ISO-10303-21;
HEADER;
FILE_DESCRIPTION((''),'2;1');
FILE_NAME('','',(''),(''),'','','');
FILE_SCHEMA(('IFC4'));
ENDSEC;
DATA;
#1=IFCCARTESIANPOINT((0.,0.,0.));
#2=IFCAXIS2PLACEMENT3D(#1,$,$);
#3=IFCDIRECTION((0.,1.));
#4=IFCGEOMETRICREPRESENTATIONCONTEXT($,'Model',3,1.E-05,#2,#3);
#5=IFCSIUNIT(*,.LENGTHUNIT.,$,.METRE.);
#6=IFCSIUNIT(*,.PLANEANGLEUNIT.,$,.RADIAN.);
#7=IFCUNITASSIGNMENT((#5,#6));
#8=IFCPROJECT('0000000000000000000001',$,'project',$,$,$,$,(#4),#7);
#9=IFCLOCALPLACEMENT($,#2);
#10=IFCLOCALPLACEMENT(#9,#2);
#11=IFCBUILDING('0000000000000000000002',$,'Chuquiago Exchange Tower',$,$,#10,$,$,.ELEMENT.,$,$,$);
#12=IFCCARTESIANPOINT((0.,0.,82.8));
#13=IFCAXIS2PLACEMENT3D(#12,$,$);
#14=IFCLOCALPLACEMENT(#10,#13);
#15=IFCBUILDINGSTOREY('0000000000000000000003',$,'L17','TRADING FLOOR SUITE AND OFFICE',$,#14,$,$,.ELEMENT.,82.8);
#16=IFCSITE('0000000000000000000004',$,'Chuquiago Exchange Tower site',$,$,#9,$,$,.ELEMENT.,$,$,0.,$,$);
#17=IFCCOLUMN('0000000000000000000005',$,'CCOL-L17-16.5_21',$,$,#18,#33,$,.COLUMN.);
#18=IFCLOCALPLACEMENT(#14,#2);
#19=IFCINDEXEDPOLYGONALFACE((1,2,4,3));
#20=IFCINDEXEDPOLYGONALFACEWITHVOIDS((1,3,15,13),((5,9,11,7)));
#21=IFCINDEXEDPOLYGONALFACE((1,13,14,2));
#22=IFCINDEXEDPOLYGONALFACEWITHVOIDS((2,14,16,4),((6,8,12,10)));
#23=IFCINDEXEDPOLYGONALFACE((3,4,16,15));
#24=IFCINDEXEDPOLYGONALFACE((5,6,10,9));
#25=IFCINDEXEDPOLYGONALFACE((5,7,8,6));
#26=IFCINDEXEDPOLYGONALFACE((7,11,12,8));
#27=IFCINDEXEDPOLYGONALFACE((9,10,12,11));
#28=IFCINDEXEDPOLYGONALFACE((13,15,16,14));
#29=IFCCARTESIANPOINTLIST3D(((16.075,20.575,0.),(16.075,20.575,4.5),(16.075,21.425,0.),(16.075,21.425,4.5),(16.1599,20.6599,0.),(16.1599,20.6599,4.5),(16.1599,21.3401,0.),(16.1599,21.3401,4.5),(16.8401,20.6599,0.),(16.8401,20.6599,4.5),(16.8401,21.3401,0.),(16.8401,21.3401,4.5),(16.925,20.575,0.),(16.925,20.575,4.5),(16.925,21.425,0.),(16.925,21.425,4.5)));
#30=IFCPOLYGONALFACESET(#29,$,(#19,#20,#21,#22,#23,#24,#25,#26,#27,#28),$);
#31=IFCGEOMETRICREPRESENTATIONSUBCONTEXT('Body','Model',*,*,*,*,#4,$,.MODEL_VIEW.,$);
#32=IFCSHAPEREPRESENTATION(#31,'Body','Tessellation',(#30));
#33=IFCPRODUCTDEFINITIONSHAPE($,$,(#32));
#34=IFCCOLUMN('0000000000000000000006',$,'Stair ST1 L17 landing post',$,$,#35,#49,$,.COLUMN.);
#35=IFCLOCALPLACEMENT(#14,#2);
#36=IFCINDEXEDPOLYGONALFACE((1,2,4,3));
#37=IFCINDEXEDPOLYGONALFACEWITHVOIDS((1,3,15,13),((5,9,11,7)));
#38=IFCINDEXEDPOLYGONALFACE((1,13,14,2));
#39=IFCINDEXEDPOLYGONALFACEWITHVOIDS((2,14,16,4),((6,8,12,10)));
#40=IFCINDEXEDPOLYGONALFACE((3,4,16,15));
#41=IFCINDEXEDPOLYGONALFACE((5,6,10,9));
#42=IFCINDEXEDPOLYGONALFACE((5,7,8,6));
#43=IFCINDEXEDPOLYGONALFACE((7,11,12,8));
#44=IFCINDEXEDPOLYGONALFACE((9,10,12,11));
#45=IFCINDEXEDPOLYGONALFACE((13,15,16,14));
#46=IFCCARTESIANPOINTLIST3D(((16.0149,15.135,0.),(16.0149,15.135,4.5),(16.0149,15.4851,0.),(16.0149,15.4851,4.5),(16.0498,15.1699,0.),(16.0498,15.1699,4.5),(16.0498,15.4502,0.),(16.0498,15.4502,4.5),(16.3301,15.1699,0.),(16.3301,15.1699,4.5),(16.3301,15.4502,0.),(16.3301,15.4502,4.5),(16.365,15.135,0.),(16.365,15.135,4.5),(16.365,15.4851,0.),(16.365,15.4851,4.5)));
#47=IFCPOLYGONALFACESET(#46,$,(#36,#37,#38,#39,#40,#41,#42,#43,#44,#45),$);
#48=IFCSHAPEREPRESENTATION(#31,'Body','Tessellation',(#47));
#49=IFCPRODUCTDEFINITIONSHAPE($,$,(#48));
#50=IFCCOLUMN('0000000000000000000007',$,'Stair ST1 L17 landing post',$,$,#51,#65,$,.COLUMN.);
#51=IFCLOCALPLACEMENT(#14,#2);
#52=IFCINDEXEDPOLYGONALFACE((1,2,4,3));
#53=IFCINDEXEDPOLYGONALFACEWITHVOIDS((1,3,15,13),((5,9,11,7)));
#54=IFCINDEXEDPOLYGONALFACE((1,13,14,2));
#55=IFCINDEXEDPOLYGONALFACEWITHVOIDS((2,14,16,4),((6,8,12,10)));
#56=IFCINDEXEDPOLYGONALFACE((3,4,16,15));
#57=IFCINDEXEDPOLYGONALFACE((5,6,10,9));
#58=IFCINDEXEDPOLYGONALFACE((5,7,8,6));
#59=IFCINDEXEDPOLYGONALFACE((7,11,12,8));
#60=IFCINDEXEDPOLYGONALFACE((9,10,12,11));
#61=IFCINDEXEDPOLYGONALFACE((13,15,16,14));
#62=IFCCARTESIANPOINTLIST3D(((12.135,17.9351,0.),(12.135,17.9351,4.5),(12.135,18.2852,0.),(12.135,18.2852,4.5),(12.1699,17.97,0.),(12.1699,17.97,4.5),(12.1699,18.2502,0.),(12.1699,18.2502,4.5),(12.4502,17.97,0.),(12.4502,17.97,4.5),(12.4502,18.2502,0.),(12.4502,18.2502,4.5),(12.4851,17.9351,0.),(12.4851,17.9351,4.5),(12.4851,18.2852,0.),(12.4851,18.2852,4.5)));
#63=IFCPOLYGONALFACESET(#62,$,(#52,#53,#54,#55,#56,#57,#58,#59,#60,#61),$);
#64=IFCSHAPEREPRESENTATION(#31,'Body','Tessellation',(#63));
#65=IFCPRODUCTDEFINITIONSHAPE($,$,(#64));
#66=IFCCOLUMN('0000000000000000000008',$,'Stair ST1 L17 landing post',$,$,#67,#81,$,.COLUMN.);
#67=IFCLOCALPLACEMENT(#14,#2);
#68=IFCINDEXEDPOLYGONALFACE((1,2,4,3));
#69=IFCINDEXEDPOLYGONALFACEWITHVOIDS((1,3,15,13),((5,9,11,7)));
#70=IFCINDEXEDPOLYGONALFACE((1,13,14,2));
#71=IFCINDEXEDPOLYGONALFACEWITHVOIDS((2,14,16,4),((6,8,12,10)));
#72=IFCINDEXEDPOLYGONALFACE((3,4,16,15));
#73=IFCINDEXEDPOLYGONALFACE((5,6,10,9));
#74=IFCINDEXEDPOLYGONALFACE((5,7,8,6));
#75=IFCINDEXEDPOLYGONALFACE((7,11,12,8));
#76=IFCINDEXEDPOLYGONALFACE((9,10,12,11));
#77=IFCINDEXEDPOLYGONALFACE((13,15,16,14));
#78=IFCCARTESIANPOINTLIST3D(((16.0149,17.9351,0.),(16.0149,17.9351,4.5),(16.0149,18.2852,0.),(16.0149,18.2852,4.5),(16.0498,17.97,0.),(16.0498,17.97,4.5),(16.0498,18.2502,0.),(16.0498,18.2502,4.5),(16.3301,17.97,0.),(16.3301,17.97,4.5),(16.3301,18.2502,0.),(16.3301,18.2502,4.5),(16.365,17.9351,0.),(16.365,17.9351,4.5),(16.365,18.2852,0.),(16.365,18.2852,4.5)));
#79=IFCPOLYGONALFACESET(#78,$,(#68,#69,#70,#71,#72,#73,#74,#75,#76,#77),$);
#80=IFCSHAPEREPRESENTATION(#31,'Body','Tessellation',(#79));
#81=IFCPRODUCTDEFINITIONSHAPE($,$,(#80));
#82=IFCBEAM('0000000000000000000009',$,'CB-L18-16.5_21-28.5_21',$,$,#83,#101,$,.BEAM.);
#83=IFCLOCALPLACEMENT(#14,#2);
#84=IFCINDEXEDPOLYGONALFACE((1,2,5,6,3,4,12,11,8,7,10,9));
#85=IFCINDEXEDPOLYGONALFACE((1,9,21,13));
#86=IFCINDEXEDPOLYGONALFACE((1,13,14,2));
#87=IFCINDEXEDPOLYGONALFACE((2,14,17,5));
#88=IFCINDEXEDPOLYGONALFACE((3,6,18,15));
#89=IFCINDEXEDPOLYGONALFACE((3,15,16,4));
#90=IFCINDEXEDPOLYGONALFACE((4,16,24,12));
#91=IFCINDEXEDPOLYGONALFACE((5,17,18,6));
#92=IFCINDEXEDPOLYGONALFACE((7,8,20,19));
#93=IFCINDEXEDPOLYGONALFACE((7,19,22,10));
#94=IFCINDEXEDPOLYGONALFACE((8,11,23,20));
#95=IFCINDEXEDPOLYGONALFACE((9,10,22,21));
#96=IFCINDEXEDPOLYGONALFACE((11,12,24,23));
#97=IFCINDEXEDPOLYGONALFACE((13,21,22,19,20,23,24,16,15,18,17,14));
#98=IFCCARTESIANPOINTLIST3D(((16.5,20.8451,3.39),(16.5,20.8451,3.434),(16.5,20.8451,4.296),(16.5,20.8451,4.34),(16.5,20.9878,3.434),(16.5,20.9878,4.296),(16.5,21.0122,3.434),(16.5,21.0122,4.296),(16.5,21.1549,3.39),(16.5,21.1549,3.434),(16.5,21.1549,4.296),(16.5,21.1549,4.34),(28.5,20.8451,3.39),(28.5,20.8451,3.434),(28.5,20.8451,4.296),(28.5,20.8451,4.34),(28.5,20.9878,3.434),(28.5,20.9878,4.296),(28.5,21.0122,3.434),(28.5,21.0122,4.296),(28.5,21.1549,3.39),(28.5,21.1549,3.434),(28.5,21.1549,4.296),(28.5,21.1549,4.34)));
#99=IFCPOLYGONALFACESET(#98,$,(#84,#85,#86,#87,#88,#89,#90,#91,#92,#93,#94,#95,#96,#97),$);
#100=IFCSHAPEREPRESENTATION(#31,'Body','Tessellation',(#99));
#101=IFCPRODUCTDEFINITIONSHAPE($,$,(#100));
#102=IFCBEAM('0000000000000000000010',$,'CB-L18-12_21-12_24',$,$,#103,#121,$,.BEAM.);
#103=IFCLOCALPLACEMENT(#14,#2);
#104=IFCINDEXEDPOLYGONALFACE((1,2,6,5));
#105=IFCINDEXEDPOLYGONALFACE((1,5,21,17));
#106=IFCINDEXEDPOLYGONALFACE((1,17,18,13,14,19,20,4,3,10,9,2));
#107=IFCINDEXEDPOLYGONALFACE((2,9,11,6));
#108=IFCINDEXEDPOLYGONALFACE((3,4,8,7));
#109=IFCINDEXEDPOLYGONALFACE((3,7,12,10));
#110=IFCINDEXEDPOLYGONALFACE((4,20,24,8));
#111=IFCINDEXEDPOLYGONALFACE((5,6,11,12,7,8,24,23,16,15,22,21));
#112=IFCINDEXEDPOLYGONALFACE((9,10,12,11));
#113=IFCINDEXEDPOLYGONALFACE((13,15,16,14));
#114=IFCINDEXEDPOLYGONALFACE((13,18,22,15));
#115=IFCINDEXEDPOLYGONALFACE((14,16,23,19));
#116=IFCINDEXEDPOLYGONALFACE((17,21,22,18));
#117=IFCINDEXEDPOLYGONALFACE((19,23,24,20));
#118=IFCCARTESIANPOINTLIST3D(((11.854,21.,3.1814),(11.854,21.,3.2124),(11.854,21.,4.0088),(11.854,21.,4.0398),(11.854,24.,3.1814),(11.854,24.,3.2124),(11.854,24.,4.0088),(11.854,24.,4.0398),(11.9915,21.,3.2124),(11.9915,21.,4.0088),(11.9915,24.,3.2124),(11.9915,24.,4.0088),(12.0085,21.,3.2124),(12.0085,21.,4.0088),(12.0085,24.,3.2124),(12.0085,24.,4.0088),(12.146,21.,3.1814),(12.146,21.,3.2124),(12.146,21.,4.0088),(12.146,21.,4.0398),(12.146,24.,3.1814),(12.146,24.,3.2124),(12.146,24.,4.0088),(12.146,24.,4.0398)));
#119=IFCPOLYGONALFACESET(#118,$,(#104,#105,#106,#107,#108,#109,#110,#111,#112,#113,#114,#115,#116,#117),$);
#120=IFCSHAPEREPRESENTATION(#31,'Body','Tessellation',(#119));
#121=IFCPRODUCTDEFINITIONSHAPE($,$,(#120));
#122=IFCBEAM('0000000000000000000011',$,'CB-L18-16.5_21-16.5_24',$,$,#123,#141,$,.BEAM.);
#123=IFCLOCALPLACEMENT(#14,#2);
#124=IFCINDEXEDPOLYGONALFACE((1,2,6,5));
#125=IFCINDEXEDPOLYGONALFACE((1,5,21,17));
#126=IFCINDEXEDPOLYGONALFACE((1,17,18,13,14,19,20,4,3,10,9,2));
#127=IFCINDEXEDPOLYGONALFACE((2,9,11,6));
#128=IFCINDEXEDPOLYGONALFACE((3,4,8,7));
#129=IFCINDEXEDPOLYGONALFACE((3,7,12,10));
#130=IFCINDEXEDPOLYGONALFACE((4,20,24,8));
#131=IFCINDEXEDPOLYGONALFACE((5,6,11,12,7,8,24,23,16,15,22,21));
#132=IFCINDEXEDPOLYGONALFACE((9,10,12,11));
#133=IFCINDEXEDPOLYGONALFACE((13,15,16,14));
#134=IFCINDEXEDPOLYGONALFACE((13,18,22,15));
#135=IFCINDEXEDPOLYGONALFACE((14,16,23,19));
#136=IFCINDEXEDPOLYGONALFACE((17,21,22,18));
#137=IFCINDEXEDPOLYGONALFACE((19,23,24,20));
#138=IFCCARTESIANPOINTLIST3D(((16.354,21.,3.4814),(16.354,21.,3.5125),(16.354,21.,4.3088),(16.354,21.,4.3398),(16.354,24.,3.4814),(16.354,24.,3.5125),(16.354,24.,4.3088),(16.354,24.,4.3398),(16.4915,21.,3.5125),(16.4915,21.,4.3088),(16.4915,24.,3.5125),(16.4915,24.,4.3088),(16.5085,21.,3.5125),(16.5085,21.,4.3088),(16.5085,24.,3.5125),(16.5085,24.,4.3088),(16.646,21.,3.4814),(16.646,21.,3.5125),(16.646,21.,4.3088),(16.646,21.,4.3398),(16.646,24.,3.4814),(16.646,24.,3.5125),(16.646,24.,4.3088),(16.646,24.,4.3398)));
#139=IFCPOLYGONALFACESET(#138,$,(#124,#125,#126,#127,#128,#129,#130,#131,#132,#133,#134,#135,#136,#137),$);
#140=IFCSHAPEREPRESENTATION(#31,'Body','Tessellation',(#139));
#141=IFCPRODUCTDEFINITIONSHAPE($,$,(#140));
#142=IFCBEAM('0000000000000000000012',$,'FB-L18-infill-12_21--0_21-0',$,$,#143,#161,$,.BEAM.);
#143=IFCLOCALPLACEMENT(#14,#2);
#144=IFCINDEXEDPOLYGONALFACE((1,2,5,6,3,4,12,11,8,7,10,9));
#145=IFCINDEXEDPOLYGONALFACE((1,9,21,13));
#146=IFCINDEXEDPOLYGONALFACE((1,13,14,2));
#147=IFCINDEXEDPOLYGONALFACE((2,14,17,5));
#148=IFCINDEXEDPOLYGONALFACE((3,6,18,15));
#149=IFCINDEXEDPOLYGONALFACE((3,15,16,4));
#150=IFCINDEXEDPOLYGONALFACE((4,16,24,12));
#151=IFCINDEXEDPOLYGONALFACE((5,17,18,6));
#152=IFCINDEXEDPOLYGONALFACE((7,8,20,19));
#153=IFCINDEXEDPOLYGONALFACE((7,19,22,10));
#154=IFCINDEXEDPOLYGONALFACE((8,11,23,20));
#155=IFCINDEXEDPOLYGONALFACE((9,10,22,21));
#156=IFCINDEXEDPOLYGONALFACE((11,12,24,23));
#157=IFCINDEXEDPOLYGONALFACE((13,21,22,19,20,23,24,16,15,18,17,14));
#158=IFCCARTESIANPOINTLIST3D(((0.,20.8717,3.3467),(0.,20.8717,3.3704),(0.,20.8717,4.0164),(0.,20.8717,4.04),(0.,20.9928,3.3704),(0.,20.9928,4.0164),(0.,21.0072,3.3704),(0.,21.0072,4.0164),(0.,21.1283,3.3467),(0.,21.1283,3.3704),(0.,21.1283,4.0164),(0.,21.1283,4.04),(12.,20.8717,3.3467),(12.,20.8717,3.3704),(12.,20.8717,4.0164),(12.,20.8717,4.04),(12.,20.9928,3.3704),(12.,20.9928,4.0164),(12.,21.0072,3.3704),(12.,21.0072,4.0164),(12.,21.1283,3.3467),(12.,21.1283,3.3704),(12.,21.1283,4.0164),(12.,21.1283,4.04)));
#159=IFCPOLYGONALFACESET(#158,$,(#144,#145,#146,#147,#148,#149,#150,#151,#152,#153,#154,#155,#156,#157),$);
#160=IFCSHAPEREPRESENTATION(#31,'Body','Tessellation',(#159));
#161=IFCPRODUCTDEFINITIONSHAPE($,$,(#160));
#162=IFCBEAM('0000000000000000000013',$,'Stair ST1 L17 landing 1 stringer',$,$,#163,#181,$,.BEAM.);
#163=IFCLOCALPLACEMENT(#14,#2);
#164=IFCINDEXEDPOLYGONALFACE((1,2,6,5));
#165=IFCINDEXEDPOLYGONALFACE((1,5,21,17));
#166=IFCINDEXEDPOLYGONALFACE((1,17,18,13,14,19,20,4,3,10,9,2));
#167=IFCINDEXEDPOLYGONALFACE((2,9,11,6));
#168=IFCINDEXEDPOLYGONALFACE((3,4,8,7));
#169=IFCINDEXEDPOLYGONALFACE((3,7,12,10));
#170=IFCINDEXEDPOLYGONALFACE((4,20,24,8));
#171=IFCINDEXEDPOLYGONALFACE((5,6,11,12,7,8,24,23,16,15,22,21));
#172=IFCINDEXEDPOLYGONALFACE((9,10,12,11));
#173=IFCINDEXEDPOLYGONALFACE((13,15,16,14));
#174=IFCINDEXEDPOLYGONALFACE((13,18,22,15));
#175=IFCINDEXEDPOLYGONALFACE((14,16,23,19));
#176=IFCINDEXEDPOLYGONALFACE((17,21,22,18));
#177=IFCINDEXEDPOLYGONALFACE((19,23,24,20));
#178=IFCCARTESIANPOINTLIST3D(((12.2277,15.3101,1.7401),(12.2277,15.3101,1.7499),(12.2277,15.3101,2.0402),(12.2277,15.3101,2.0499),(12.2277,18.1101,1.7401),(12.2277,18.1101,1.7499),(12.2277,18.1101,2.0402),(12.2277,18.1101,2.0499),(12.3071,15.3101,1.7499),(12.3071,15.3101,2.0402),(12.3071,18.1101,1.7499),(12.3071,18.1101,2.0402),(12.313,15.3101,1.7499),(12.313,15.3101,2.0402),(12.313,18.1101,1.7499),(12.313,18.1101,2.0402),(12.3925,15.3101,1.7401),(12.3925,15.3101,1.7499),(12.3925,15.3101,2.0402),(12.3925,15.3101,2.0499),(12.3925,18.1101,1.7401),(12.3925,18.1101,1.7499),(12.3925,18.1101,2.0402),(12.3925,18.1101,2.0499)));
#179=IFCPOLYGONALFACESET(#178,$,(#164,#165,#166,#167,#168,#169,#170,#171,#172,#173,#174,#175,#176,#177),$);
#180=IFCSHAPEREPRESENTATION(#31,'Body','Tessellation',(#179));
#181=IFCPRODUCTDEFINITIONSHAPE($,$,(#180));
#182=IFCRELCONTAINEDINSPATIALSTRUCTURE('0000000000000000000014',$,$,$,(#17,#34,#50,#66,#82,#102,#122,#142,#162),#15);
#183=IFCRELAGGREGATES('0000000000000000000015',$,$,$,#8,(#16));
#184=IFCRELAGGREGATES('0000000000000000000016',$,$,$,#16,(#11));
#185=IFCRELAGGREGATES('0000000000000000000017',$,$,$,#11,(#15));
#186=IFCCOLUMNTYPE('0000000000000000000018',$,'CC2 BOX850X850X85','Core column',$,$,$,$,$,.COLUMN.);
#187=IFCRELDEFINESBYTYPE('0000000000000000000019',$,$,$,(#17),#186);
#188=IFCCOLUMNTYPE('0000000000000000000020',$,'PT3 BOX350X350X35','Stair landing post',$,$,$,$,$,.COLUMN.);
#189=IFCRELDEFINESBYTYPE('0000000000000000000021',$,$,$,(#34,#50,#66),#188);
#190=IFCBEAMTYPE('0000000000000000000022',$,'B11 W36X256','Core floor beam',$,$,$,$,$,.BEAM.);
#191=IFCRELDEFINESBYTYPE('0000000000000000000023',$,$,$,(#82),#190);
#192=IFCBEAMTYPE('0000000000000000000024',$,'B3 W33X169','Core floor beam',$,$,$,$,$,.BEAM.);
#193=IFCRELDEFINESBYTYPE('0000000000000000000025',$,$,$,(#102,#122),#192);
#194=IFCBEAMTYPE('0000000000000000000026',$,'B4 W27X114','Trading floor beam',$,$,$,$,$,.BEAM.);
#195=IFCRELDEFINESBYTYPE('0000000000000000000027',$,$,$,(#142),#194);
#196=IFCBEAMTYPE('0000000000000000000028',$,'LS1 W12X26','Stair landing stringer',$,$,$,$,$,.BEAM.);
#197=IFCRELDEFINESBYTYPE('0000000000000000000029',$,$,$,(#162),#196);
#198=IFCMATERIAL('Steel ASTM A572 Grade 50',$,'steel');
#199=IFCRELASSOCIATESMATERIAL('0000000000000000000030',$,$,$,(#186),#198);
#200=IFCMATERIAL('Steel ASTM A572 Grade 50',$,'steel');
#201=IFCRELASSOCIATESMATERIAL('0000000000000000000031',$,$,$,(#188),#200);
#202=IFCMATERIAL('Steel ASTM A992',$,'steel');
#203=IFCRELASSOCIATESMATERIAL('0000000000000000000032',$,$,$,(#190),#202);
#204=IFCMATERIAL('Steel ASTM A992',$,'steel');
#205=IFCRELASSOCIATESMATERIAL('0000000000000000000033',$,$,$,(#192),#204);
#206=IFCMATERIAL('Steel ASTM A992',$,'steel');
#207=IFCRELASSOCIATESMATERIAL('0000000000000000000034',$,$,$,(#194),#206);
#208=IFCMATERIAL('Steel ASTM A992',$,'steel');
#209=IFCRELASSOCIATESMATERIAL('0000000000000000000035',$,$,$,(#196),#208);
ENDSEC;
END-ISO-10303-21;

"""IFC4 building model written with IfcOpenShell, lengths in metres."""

from ifc_helpers import new_model, si_unit, direction, frame, origin, origin_2d, place, context, subcontext, project, spatial, hollow_rectangle, i_section, extrude, material, material_profile, profile_set, type_object, element, save


model = new_model("IFC4")

# Units and contexts
model_context = context("Model", 3, precision=1e-05, world=origin(), true_north=direction((0.0, 1.0)))
body_context = subcontext(model_context, "Body", "Model", "MODEL_VIEW")
ifc_project = project(units=[si_unit("LENGTHUNIT", "METRE"), si_unit("PLANEANGLEUNIT", "RADIAN")], contexts=[model_context])

# Site, building, storey
site_placement = place(None, origin())
site = spatial("IfcSite", under=ifc_project, at=site_placement, Name="Chuquiago Exchange Tower site", CompositionType="ELEMENT", RefElevation=0.0)
building_placement = place(site_placement, origin())
building = spatial("IfcBuilding", under=site, at=building_placement, Name="Chuquiago Exchange Tower", CompositionType="ELEMENT")
storey_placement = place(building_placement, frame((0.0, 0.0, 82.8)))
storey = spatial("IfcBuildingStorey", under=building, at=storey_placement, Name="L17", Description="TRADING FLOOR SUITE AND OFFICE", CompositionType="ELEMENT", Elevation=82.8)

# Columns
ifc_material_1 = material(Name="Steel ASTM A572 Grade 50", Category="steel")
ifc_material_profile_1 = material_profile(ifc_material_1, hollow_rectangle(XDim=0.8501, YDim=0.8501, WallThickness=0.085, at=origin_2d()), Name="BOX850X850X85")
ifc_profile_set_1 = profile_set([ifc_material_profile_1], Name="Steel ASTM A572 Grade 50")
column_type_1 = type_object("IfcColumnType", Name="CC2 BOX850X850X85", Description="Core column", PredefinedType="COLUMN", material=ifc_profile_set_1)
column_placement = place(storey_placement, frame((16.5, 21.0, 0.0), z_axis=(0.0, 0.0, 1.0), x_axis=(1.0, 0.0, 0.0)))
element("IfcColumn", 1, at=column_placement, inside=storey, type_object=column_type_1, Name="CCOL-L17-16.5_21", PredefinedType="COLUMN", context=body_context, shape_type="SweptSolid", body=[
    extrude(hollow_rectangle(XDim=0.8501, YDim=0.8501, WallThickness=0.085, at=origin_2d()), origin(), (0.0, 0.0, 1.0), 4.5),
])
ifc_material_2 = material(Name="Steel ASTM A572 Grade 50", Category="steel")
ifc_material_profile_2 = material_profile(ifc_material_2, hollow_rectangle(XDim=0.3501, YDim=0.3501, WallThickness=0.0349, at=origin_2d()), Name="BOX350X350X35")
ifc_profile_set_2 = profile_set([ifc_material_profile_2], Name="Steel ASTM A572 Grade 50")
column_type_2 = type_object("IfcColumnType", Name="PT3 BOX350X350X35", Description="Stair landing post", PredefinedType="COLUMN", material=ifc_profile_set_2)
for number, where, z_axis, x_axis, name in (
    (2, (16.1899, 15.3101, 0.0), (0.0, 0.0, 1.0), (1.0, 0.0, 0.0), "Stair ST1 L17 landing post"),
    (3, (12.3101, 18.1101, 0.0), (0.0, 0.0, 1.0), (1.0, 0.0, 0.0), "Stair ST1 L17 landing post"),
    (4, (16.1899, 18.1101, 0.0), (0.0, 0.0, 1.0), (1.0, 0.0, 0.0), "Stair ST1 L17 landing post"),
):
    element("IfcColumn", number, at=place(storey_placement, frame(where, z_axis=z_axis, x_axis=x_axis)), inside=storey, type_object=column_type_2, Name=name, PredefinedType="COLUMN", context=body_context, shape_type="SweptSolid", body=[
        extrude(hollow_rectangle(XDim=0.3501, YDim=0.3501, WallThickness=0.0349, at=origin_2d()), origin(), (0.0, 0.0, 1.0), 4.5),
    ])

# Beams
ifc_material_3 = material(Name="Steel ASTM A992", Category="steel")
ifc_material_profile_3 = material_profile(ifc_material_3, i_section(OverallWidth=0.3098, OverallDepth=0.95, WebThickness=0.0244, FlangeThickness=0.0439, at=origin_2d()), Name="W36X256")
ifc_profile_set_3 = profile_set([ifc_material_profile_3], Name="Steel ASTM A992")
beam_type_1 = type_object("IfcBeamType", Name="B11 W36X256", Description="Core floor beam", PredefinedType="BEAM", material=ifc_profile_set_3)
beam_1_placement = place(storey_placement, frame((16.5, 21.0, 3.865), z_axis=(1.0, 0.0, 0.0), x_axis=(0.0, 1.0, 0.0)))
element("IfcBeam", 5, at=beam_1_placement, inside=storey, type_object=beam_type_1, Name="CB-L18-16.5_21-28.5_21", PredefinedType="BEAM", context=body_context, shape_type="SweptSolid", body=[
    extrude(i_section(OverallWidth=0.3098, OverallDepth=0.95, WebThickness=0.0244, FlangeThickness=0.0439, at=origin_2d()), origin(), (0.0, 0.0, 1.0), 12.0),
])
ifc_material_4 = material(Name="Steel ASTM A992", Category="steel")
ifc_material_profile_4 = material_profile(ifc_material_4, i_section(OverallWidth=0.292, OverallDepth=0.8584, WebThickness=0.0171, FlangeThickness=0.031, at=origin_2d()), Name="W33X169")
ifc_profile_set_4 = profile_set([ifc_material_profile_4], Name="Steel ASTM A992")
beam_type_2 = type_object("IfcBeamType", Name="B3 W33X169", Description="Core floor beam", PredefinedType="BEAM", material=ifc_profile_set_4)
for number, where, z_axis, x_axis, name in (
    (6, (12.0, 21.0, 3.6106), (0.0, 1.0, 0.0), (-1.0, 0.0, 0.0), "CB-L18-12_21-12_24"),
    (7, (16.5, 21.0, 3.9106), (0.0, 1.0, 0.0), (-1.0, 0.0, 0.0), "CB-L18-16.5_21-16.5_24"),
):
    element("IfcBeam", number, at=place(storey_placement, frame(where, z_axis=z_axis, x_axis=x_axis)), inside=storey, type_object=beam_type_2, Name=name, PredefinedType="BEAM", context=body_context, shape_type="SweptSolid", body=[
        extrude(i_section(OverallWidth=0.292, OverallDepth=0.8584, WebThickness=0.0171, FlangeThickness=0.031, at=origin_2d()), origin(), (0.0, 0.0, 1.0), 3.0),
    ])
ifc_material_5 = material(Name="Steel ASTM A992", Category="steel")
ifc_material_profile_5 = material_profile(ifc_material_5, i_section(OverallWidth=0.2566, OverallDepth=0.6934, WebThickness=0.0144, FlangeThickness=0.0237, at=origin_2d()), Name="W27X114")
ifc_profile_set_5 = profile_set([ifc_material_profile_5], Name="Steel ASTM A992")
beam_type_3 = type_object("IfcBeamType", Name="B4 W27X114", Description="Trading floor beam", PredefinedType="BEAM", material=ifc_profile_set_5)
beam_2_placement = place(storey_placement, frame((12.0, 21.0, 3.6934), z_axis=(-1.0, 0.0, 0.0), x_axis=(0.0, -1.0, 0.0)))
element("IfcBeam", 8, at=beam_2_placement, inside=storey, type_object=beam_type_3, Name="FB-L18-infill-12_21--0_21-0", PredefinedType="BEAM", context=body_context, shape_type="SweptSolid", body=[
    extrude(i_section(OverallWidth=0.2566, OverallDepth=0.6934, WebThickness=0.0144, FlangeThickness=0.0237, at=origin_2d()), origin(), (0.0, 0.0, 1.0), 12.0),
])
ifc_material_6 = material(Name="Steel ASTM A992", Category="steel")
ifc_material_profile_6 = material_profile(ifc_material_6, i_section(OverallWidth=0.1648, OverallDepth=0.3098, WebThickness=0.0059, FlangeThickness=0.0098, at=origin_2d()), Name="W12X26")
ifc_profile_set_6 = profile_set([ifc_material_profile_6], Name="Steel ASTM A992")
beam_type_4 = type_object("IfcBeamType", Name="LS1 W12X26", Description="Stair landing stringer", PredefinedType="BEAM", material=ifc_profile_set_6)
for number, where, z_axis, x_axis, name in (
    (9, (12.3101, 15.3101, 1.895), (0.0, 1.0, 0.0), (-1.0, 0.0, 0.0), "Stair ST1 L17 landing 1 stringer"),
):
    element("IfcBeam", number, at=place(storey_placement, frame(where, z_axis=z_axis, x_axis=x_axis)), inside=storey, type_object=beam_type_4, Name=name, PredefinedType="BEAM", context=body_context, shape_type="SweptSolid", body=[
        extrude(i_section(OverallWidth=0.1648, OverallDepth=0.3098, WebThickness=0.0059, FlangeThickness=0.0098, at=origin_2d()), origin(), (0.0, 0.0, 1.0), 2.8),
    ])

save(model, "model.ifc")
